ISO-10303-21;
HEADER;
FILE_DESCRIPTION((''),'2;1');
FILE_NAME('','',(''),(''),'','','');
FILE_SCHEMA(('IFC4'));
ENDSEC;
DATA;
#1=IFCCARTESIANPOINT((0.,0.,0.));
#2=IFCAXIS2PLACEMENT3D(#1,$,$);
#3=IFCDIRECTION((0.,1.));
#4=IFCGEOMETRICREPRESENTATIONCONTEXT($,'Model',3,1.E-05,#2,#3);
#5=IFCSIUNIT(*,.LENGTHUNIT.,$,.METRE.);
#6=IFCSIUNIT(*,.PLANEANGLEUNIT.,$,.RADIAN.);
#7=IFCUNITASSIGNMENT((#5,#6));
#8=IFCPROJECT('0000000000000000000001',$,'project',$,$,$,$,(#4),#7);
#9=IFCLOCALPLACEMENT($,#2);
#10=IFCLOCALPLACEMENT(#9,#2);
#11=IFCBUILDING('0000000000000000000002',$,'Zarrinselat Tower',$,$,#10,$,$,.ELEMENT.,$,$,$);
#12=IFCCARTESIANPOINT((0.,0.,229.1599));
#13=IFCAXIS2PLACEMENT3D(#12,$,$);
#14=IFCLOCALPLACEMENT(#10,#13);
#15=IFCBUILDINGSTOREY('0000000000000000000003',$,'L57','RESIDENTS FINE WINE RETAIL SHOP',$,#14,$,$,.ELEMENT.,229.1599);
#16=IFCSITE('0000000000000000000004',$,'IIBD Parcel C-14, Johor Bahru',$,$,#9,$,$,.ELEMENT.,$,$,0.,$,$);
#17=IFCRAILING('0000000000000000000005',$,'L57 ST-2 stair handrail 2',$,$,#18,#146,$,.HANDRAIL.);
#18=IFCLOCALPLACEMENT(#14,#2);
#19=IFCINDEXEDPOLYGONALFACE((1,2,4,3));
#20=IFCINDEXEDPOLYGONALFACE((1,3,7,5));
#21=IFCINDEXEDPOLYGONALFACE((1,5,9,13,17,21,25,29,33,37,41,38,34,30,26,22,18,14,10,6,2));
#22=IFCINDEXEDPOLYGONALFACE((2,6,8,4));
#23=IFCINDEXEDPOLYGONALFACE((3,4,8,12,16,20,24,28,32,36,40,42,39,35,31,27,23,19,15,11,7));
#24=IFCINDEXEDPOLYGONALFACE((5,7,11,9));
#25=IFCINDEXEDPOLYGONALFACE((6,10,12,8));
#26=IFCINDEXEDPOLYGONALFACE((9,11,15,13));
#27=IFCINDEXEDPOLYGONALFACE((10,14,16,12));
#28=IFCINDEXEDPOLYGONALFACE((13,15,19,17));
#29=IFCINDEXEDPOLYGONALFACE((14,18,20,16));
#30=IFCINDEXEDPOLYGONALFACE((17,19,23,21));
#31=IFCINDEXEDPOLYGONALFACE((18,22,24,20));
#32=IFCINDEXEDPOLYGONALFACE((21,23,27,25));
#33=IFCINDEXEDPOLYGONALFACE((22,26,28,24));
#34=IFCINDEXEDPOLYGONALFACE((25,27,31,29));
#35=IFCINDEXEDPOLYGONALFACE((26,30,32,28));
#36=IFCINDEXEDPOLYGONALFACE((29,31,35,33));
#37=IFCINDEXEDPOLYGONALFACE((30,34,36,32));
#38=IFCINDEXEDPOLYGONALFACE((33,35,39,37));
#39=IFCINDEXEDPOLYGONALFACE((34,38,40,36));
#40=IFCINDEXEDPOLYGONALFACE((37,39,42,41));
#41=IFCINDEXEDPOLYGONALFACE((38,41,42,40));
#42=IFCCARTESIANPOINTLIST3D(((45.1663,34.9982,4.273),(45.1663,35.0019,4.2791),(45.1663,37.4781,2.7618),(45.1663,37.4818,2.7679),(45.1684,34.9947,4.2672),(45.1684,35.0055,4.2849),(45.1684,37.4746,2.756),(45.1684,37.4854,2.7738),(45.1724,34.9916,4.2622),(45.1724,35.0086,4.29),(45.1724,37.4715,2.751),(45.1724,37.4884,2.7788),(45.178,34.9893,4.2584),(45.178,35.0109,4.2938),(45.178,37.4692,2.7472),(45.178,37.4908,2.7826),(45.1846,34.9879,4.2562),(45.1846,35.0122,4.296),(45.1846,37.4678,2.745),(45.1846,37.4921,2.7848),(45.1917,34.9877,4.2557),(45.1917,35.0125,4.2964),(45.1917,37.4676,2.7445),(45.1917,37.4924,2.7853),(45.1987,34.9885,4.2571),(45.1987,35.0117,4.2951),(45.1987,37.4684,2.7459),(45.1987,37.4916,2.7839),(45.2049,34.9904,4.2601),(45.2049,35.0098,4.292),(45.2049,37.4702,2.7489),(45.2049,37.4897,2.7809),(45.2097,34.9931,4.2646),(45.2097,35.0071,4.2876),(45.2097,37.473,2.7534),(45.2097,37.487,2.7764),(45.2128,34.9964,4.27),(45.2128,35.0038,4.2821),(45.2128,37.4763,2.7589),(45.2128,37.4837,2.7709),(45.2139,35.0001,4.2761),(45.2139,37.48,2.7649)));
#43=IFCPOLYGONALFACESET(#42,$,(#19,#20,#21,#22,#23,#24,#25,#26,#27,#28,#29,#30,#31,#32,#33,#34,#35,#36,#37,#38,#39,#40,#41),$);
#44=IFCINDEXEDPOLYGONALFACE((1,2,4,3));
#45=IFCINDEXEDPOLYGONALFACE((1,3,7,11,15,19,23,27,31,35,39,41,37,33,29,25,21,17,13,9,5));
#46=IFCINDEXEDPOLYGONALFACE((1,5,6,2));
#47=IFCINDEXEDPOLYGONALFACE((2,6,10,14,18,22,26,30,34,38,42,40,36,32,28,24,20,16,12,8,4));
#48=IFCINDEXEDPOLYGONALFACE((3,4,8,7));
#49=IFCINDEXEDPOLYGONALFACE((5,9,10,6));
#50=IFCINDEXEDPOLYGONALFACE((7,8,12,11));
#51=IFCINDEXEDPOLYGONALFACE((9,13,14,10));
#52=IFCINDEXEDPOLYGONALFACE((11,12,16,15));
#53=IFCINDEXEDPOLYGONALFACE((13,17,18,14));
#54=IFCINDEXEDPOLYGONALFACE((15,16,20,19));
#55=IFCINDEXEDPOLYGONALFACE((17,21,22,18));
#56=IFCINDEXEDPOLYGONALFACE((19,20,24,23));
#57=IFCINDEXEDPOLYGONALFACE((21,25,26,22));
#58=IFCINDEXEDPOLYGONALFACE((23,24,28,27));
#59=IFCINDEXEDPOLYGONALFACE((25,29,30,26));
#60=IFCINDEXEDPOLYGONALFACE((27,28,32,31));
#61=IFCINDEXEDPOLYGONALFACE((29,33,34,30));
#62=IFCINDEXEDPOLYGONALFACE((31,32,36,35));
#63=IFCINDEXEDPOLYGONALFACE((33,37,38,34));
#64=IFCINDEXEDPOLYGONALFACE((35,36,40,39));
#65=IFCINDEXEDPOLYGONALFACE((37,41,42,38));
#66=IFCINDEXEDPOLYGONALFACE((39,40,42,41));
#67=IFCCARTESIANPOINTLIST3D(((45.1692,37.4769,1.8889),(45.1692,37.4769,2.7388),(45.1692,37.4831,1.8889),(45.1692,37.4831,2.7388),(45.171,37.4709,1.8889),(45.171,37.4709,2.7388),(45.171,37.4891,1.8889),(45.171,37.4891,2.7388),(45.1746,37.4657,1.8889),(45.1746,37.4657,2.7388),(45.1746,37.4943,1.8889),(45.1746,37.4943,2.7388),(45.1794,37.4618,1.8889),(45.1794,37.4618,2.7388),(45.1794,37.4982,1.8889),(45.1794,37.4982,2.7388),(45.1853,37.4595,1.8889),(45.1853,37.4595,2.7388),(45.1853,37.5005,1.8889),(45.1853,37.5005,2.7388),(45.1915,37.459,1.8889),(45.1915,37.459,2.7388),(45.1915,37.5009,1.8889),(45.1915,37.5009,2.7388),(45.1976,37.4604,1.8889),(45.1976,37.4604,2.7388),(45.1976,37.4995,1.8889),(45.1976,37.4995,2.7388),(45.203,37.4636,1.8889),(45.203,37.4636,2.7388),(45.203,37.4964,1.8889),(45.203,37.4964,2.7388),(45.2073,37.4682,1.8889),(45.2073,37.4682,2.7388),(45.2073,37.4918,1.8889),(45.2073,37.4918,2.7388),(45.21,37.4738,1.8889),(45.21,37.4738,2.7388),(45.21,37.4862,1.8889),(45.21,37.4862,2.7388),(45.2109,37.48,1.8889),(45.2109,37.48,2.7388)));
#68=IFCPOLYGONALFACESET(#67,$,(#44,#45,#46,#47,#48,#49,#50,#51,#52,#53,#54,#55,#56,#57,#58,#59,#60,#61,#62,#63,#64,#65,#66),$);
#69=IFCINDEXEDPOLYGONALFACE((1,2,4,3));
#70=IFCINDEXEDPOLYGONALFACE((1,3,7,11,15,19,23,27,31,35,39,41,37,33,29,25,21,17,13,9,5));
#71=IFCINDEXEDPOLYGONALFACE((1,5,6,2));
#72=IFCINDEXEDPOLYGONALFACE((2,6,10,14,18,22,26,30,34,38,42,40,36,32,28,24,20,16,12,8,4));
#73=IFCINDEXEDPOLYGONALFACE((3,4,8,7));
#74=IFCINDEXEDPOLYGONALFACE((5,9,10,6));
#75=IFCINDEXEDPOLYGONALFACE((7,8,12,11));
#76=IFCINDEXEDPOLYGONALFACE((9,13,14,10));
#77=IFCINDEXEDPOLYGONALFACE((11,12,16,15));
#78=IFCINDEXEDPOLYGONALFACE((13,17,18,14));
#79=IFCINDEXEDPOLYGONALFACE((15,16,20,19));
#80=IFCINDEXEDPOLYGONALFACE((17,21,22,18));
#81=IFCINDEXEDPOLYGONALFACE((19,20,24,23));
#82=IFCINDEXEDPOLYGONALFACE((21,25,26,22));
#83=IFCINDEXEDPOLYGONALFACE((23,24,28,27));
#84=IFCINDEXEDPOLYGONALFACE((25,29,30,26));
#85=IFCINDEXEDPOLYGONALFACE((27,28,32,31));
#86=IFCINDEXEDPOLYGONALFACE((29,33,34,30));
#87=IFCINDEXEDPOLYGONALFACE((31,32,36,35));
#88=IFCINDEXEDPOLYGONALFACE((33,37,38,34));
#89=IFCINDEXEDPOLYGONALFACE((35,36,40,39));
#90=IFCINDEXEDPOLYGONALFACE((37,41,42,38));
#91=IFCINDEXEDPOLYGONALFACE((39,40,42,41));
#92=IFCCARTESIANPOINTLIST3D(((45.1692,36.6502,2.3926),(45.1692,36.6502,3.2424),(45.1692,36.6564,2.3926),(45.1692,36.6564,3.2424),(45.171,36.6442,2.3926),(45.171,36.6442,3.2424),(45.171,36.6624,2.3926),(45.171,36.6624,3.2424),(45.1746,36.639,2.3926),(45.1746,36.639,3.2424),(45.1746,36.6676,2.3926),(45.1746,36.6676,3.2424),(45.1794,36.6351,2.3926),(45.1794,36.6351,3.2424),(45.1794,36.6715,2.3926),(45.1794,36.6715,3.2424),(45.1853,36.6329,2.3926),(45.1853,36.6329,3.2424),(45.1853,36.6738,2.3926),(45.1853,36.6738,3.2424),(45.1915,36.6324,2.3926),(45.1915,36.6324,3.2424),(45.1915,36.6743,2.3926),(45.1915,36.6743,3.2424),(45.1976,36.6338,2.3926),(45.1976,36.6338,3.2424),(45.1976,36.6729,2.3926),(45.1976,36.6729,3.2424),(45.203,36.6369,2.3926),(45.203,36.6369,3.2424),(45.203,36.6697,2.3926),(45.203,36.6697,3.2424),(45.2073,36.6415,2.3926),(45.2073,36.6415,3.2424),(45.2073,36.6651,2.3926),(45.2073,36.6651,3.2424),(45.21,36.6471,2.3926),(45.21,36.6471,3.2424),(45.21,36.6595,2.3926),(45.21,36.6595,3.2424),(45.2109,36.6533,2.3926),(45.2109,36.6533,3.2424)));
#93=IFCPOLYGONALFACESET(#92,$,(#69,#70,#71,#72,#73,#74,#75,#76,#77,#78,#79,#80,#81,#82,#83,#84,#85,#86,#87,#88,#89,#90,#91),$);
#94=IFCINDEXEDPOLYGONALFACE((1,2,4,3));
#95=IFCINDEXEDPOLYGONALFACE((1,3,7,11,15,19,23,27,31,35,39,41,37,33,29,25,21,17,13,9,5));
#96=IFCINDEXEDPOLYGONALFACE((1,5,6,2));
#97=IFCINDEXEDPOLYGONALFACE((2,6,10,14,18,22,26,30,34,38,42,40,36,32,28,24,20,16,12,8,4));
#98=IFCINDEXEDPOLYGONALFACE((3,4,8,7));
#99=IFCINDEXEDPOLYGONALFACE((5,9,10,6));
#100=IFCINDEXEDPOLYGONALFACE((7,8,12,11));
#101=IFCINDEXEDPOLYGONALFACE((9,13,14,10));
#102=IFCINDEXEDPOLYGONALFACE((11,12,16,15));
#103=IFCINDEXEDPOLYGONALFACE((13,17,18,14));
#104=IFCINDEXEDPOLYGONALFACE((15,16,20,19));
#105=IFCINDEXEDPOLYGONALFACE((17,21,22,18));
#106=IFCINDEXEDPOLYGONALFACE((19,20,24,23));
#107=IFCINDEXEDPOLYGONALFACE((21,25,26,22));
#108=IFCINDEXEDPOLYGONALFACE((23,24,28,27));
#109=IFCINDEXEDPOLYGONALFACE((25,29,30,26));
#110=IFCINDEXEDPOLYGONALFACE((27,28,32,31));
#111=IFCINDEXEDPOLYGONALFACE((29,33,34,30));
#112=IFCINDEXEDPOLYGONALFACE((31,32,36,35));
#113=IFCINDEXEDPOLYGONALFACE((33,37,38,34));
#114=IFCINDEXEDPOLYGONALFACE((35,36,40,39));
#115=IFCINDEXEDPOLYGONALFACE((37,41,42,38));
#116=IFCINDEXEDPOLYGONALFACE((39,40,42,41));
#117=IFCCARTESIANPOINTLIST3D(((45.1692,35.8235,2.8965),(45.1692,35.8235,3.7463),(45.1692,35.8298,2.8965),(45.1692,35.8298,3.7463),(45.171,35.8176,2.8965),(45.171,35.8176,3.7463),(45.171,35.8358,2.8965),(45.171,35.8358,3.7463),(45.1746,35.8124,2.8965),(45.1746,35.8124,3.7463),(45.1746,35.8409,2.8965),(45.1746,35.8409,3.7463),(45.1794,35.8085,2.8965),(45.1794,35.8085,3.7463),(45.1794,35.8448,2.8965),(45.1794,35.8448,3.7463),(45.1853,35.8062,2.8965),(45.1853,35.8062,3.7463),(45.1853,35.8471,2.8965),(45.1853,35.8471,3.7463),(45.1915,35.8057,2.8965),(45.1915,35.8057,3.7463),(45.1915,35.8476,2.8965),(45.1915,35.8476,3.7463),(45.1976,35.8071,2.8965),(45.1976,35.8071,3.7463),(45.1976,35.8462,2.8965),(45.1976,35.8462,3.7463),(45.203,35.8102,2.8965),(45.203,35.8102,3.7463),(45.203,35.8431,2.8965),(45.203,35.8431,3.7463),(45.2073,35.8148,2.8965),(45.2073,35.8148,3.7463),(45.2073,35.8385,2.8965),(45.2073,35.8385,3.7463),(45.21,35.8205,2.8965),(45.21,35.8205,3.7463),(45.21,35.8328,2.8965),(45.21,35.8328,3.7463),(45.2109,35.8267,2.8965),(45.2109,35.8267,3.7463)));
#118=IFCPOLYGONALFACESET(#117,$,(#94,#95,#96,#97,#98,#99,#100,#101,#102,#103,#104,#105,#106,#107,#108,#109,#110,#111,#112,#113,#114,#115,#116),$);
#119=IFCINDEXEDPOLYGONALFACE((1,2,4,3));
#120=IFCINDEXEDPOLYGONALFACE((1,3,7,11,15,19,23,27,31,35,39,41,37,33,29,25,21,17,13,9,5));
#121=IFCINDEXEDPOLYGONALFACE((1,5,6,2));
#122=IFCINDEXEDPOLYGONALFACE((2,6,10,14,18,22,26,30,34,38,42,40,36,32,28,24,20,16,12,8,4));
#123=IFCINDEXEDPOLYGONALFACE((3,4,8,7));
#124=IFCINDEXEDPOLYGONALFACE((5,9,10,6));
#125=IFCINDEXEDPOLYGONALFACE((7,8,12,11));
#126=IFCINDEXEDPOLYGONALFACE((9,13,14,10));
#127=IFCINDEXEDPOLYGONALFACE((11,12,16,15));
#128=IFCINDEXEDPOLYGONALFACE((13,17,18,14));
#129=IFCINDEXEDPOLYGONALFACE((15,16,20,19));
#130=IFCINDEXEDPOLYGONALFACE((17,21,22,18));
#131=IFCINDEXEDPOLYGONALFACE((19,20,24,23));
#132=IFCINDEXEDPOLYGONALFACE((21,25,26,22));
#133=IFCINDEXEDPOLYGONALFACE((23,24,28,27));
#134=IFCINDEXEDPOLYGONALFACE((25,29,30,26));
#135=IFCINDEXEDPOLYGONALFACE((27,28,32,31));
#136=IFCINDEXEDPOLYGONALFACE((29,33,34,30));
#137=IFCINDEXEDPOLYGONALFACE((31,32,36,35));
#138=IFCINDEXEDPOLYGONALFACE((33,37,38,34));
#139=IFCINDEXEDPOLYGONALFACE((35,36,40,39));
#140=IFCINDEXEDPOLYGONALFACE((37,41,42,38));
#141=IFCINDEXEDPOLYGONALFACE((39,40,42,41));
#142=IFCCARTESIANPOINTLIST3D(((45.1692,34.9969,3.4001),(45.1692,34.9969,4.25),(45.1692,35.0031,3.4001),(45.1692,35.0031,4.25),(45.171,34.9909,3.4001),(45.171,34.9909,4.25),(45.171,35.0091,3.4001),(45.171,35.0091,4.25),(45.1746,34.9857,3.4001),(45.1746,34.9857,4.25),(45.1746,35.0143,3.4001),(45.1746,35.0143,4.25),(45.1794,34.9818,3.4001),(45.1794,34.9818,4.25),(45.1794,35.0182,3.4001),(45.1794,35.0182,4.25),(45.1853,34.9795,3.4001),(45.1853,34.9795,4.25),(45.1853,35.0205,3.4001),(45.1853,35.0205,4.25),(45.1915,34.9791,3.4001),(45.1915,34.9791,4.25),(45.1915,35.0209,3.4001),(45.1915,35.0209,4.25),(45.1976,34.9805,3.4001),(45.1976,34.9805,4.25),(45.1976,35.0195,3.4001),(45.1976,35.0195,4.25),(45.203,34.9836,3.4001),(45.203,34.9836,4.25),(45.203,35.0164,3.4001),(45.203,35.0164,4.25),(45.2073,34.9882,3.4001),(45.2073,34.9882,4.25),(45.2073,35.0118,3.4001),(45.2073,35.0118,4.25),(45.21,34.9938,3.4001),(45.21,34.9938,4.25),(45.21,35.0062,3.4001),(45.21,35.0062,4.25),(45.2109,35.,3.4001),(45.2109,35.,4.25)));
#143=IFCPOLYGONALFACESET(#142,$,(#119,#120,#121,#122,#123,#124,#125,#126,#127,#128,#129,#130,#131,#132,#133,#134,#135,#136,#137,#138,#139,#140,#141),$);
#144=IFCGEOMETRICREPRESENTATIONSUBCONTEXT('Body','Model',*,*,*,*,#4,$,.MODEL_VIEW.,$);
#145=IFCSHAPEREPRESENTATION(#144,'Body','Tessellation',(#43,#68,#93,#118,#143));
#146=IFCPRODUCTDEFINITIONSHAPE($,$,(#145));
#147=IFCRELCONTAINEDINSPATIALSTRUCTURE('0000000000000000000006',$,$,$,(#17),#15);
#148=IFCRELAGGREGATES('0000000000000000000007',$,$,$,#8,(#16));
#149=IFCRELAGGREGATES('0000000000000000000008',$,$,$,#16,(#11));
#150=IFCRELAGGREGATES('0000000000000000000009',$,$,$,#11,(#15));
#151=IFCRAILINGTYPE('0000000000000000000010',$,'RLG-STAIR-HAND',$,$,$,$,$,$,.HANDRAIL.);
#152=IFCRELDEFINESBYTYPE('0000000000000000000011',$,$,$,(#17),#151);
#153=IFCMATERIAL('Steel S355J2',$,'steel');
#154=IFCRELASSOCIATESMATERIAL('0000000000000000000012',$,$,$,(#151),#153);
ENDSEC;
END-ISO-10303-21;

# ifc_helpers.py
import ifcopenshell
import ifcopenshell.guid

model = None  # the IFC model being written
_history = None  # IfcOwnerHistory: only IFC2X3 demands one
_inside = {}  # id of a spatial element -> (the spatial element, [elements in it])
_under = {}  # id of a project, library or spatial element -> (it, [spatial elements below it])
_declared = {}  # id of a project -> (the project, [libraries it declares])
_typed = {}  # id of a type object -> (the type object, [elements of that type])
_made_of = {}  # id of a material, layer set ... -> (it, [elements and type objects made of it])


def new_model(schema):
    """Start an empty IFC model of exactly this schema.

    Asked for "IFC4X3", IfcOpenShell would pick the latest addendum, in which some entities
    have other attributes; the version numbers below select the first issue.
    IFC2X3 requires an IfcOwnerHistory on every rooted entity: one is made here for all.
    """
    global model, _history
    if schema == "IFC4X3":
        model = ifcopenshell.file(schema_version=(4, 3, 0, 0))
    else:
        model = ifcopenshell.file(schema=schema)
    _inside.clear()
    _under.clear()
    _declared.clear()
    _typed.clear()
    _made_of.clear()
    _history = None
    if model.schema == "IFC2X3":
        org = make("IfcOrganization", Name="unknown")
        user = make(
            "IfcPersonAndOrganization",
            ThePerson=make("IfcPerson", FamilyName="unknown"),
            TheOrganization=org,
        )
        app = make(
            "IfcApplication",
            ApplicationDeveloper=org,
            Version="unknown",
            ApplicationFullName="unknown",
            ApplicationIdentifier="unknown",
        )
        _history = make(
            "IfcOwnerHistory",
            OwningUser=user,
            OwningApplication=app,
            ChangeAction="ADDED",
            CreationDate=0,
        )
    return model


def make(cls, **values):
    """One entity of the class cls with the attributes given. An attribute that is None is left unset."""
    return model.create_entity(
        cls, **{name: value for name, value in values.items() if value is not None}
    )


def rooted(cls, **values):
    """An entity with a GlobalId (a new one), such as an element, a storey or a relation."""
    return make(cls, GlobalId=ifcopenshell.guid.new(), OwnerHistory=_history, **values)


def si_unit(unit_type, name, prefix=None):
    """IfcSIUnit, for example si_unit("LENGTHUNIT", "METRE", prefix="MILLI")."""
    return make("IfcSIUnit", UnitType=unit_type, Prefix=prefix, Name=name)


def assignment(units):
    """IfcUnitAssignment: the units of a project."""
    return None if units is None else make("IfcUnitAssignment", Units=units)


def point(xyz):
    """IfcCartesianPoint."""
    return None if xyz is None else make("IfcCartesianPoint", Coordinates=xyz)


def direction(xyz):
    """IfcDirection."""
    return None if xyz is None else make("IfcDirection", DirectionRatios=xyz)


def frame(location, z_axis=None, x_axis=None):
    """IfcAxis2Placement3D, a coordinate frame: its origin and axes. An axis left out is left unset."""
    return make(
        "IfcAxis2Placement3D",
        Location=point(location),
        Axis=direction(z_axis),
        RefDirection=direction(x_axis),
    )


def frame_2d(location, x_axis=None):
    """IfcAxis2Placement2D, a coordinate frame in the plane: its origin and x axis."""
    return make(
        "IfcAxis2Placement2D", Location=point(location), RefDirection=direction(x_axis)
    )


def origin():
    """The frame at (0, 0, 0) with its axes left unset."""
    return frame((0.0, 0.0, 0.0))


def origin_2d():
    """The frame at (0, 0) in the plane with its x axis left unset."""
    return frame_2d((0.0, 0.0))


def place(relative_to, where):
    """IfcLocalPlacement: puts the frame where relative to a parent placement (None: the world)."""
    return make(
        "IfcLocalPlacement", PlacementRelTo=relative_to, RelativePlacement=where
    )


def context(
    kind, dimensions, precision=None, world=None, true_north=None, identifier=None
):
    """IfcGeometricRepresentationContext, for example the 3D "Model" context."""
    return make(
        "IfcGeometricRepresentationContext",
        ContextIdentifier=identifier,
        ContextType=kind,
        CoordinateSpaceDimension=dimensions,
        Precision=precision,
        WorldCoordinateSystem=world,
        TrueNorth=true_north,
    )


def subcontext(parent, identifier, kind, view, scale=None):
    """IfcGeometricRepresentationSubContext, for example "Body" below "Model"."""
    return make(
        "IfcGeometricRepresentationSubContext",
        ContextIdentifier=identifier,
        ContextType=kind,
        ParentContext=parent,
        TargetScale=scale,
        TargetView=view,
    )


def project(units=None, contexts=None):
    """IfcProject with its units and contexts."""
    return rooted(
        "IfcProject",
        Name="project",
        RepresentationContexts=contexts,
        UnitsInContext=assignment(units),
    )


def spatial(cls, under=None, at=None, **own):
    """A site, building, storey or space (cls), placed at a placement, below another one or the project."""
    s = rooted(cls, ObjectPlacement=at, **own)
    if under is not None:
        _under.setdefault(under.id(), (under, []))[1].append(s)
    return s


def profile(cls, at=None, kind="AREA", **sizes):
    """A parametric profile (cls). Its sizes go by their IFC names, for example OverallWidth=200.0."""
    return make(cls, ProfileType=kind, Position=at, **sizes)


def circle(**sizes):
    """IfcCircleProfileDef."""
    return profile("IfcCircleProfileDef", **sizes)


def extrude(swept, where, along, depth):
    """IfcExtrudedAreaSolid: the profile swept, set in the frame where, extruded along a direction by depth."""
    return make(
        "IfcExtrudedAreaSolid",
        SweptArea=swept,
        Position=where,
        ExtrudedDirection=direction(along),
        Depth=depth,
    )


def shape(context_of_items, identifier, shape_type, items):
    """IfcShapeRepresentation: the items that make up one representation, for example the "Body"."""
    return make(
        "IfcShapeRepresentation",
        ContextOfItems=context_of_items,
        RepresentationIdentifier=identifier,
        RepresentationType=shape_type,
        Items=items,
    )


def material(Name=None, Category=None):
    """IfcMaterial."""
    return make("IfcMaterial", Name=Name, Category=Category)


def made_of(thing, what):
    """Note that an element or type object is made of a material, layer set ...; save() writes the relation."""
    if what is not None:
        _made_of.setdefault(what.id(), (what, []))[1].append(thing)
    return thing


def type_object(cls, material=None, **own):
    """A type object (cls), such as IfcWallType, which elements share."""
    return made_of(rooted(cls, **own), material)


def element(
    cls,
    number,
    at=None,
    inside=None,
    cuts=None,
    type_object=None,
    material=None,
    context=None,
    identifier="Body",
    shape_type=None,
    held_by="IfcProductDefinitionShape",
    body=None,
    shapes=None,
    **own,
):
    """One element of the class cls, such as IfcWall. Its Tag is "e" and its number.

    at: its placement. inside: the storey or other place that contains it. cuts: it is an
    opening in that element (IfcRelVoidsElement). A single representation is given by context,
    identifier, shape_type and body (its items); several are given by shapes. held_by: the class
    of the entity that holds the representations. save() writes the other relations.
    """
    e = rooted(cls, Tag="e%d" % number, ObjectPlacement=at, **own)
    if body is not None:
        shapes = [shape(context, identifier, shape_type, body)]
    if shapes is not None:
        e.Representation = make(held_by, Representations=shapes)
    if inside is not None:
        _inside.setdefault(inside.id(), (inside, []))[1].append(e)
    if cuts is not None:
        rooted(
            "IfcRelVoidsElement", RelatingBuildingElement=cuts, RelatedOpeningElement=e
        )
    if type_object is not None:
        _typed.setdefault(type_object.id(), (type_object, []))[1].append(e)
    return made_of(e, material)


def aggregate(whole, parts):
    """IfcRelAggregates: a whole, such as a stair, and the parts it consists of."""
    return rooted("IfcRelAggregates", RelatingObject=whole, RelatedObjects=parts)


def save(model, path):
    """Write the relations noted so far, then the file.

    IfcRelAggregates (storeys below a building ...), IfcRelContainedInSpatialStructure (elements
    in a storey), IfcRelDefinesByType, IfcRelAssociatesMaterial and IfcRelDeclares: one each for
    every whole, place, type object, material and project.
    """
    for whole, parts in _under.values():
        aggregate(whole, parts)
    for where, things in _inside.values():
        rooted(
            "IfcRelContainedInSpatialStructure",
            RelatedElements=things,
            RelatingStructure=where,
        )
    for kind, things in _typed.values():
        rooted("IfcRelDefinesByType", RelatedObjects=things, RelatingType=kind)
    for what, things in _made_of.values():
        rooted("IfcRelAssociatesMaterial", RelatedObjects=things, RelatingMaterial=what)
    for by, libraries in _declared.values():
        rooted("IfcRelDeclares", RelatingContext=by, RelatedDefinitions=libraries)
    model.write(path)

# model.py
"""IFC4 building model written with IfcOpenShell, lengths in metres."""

from ifc_helpers import new_model, si_unit, direction, frame, origin, origin_2d, place, context, subcontext, project, spatial, circle, extrude, material, type_object, element, save


model = new_model("IFC4")

# Units and contexts
model_context = context("Model", 3, precision=1e-05, world=origin(), true_north=direction((0.0, 1.0)))
body_context = subcontext(model_context, "Body", "Model", "MODEL_VIEW")
ifc_project = project(units=[si_unit("LENGTHUNIT", "METRE"), si_unit("PLANEANGLEUNIT", "RADIAN")], contexts=[model_context])

# Site, building, storey
site_placement = place(None, origin())
site = spatial("IfcSite", under=ifc_project, at=site_placement, Name="IIBD Parcel C-14, Johor Bahru", CompositionType="ELEMENT", RefElevation=0.0)
building_placement = place(site_placement, origin())
building = spatial("IfcBuilding", under=site, at=building_placement, Name="Zarrinselat Tower", CompositionType="ELEMENT")
storey_placement = place(building_placement, frame((0.0, 0.0, 229.1599)))
storey = spatial("IfcBuildingStorey", under=building, at=storey_placement, Name="L57", Description="RESIDENTS FINE WINE RETAIL SHOP", CompositionType="ELEMENT", Elevation=229.1599)

# Railing
ifc_material_1 = material(Name="Steel S355J2", Category="steel")
railing_type = type_object("IfcRailingType", Name="RLG-STAIR-HAND", PredefinedType="HANDRAIL", material=ifc_material_1)
railing_placement = place(storey_placement, frame((45.1899, 37.48, 1.8889)))
element("IfcRailing", 1, at=railing_placement, inside=storey, type_object=railing_type, Name="L57 ST-2 stair handrail 2", PredefinedType="HANDRAIL", context=body_context, shape_type="SweptSolid", body=[
    extrude(circle(Radius=0.0239, at=origin_2d()), frame((0.0, 0.0, 0.876), z_axis=(0.0, -0.853942, 0.520368), x_axis=(1.0, 0.0, 0.0)), (0.0, 0.0, 1.0), 2.9041),
    extrude(circle(Radius=0.021, at=origin_2d()), origin(), (0.0, 0.0, 1.0), 0.8499),
    extrude(circle(Radius=0.021, at=origin_2d()), frame((0.0, -0.8267, 0.5037)), (0.0, 0.0, 1.0), 0.8499),
    extrude(circle(Radius=0.021, at=origin_2d()), frame((0.0, -1.6533, 1.0076)), (0.0, 0.0, 1.0), 0.8499),
    extrude(circle(Radius=0.021, at=origin_2d()), frame((0.0, -2.48, 1.5112)), (0.0, 0.0, 1.0), 0.8499),
])

save(model, "model.ifc")
